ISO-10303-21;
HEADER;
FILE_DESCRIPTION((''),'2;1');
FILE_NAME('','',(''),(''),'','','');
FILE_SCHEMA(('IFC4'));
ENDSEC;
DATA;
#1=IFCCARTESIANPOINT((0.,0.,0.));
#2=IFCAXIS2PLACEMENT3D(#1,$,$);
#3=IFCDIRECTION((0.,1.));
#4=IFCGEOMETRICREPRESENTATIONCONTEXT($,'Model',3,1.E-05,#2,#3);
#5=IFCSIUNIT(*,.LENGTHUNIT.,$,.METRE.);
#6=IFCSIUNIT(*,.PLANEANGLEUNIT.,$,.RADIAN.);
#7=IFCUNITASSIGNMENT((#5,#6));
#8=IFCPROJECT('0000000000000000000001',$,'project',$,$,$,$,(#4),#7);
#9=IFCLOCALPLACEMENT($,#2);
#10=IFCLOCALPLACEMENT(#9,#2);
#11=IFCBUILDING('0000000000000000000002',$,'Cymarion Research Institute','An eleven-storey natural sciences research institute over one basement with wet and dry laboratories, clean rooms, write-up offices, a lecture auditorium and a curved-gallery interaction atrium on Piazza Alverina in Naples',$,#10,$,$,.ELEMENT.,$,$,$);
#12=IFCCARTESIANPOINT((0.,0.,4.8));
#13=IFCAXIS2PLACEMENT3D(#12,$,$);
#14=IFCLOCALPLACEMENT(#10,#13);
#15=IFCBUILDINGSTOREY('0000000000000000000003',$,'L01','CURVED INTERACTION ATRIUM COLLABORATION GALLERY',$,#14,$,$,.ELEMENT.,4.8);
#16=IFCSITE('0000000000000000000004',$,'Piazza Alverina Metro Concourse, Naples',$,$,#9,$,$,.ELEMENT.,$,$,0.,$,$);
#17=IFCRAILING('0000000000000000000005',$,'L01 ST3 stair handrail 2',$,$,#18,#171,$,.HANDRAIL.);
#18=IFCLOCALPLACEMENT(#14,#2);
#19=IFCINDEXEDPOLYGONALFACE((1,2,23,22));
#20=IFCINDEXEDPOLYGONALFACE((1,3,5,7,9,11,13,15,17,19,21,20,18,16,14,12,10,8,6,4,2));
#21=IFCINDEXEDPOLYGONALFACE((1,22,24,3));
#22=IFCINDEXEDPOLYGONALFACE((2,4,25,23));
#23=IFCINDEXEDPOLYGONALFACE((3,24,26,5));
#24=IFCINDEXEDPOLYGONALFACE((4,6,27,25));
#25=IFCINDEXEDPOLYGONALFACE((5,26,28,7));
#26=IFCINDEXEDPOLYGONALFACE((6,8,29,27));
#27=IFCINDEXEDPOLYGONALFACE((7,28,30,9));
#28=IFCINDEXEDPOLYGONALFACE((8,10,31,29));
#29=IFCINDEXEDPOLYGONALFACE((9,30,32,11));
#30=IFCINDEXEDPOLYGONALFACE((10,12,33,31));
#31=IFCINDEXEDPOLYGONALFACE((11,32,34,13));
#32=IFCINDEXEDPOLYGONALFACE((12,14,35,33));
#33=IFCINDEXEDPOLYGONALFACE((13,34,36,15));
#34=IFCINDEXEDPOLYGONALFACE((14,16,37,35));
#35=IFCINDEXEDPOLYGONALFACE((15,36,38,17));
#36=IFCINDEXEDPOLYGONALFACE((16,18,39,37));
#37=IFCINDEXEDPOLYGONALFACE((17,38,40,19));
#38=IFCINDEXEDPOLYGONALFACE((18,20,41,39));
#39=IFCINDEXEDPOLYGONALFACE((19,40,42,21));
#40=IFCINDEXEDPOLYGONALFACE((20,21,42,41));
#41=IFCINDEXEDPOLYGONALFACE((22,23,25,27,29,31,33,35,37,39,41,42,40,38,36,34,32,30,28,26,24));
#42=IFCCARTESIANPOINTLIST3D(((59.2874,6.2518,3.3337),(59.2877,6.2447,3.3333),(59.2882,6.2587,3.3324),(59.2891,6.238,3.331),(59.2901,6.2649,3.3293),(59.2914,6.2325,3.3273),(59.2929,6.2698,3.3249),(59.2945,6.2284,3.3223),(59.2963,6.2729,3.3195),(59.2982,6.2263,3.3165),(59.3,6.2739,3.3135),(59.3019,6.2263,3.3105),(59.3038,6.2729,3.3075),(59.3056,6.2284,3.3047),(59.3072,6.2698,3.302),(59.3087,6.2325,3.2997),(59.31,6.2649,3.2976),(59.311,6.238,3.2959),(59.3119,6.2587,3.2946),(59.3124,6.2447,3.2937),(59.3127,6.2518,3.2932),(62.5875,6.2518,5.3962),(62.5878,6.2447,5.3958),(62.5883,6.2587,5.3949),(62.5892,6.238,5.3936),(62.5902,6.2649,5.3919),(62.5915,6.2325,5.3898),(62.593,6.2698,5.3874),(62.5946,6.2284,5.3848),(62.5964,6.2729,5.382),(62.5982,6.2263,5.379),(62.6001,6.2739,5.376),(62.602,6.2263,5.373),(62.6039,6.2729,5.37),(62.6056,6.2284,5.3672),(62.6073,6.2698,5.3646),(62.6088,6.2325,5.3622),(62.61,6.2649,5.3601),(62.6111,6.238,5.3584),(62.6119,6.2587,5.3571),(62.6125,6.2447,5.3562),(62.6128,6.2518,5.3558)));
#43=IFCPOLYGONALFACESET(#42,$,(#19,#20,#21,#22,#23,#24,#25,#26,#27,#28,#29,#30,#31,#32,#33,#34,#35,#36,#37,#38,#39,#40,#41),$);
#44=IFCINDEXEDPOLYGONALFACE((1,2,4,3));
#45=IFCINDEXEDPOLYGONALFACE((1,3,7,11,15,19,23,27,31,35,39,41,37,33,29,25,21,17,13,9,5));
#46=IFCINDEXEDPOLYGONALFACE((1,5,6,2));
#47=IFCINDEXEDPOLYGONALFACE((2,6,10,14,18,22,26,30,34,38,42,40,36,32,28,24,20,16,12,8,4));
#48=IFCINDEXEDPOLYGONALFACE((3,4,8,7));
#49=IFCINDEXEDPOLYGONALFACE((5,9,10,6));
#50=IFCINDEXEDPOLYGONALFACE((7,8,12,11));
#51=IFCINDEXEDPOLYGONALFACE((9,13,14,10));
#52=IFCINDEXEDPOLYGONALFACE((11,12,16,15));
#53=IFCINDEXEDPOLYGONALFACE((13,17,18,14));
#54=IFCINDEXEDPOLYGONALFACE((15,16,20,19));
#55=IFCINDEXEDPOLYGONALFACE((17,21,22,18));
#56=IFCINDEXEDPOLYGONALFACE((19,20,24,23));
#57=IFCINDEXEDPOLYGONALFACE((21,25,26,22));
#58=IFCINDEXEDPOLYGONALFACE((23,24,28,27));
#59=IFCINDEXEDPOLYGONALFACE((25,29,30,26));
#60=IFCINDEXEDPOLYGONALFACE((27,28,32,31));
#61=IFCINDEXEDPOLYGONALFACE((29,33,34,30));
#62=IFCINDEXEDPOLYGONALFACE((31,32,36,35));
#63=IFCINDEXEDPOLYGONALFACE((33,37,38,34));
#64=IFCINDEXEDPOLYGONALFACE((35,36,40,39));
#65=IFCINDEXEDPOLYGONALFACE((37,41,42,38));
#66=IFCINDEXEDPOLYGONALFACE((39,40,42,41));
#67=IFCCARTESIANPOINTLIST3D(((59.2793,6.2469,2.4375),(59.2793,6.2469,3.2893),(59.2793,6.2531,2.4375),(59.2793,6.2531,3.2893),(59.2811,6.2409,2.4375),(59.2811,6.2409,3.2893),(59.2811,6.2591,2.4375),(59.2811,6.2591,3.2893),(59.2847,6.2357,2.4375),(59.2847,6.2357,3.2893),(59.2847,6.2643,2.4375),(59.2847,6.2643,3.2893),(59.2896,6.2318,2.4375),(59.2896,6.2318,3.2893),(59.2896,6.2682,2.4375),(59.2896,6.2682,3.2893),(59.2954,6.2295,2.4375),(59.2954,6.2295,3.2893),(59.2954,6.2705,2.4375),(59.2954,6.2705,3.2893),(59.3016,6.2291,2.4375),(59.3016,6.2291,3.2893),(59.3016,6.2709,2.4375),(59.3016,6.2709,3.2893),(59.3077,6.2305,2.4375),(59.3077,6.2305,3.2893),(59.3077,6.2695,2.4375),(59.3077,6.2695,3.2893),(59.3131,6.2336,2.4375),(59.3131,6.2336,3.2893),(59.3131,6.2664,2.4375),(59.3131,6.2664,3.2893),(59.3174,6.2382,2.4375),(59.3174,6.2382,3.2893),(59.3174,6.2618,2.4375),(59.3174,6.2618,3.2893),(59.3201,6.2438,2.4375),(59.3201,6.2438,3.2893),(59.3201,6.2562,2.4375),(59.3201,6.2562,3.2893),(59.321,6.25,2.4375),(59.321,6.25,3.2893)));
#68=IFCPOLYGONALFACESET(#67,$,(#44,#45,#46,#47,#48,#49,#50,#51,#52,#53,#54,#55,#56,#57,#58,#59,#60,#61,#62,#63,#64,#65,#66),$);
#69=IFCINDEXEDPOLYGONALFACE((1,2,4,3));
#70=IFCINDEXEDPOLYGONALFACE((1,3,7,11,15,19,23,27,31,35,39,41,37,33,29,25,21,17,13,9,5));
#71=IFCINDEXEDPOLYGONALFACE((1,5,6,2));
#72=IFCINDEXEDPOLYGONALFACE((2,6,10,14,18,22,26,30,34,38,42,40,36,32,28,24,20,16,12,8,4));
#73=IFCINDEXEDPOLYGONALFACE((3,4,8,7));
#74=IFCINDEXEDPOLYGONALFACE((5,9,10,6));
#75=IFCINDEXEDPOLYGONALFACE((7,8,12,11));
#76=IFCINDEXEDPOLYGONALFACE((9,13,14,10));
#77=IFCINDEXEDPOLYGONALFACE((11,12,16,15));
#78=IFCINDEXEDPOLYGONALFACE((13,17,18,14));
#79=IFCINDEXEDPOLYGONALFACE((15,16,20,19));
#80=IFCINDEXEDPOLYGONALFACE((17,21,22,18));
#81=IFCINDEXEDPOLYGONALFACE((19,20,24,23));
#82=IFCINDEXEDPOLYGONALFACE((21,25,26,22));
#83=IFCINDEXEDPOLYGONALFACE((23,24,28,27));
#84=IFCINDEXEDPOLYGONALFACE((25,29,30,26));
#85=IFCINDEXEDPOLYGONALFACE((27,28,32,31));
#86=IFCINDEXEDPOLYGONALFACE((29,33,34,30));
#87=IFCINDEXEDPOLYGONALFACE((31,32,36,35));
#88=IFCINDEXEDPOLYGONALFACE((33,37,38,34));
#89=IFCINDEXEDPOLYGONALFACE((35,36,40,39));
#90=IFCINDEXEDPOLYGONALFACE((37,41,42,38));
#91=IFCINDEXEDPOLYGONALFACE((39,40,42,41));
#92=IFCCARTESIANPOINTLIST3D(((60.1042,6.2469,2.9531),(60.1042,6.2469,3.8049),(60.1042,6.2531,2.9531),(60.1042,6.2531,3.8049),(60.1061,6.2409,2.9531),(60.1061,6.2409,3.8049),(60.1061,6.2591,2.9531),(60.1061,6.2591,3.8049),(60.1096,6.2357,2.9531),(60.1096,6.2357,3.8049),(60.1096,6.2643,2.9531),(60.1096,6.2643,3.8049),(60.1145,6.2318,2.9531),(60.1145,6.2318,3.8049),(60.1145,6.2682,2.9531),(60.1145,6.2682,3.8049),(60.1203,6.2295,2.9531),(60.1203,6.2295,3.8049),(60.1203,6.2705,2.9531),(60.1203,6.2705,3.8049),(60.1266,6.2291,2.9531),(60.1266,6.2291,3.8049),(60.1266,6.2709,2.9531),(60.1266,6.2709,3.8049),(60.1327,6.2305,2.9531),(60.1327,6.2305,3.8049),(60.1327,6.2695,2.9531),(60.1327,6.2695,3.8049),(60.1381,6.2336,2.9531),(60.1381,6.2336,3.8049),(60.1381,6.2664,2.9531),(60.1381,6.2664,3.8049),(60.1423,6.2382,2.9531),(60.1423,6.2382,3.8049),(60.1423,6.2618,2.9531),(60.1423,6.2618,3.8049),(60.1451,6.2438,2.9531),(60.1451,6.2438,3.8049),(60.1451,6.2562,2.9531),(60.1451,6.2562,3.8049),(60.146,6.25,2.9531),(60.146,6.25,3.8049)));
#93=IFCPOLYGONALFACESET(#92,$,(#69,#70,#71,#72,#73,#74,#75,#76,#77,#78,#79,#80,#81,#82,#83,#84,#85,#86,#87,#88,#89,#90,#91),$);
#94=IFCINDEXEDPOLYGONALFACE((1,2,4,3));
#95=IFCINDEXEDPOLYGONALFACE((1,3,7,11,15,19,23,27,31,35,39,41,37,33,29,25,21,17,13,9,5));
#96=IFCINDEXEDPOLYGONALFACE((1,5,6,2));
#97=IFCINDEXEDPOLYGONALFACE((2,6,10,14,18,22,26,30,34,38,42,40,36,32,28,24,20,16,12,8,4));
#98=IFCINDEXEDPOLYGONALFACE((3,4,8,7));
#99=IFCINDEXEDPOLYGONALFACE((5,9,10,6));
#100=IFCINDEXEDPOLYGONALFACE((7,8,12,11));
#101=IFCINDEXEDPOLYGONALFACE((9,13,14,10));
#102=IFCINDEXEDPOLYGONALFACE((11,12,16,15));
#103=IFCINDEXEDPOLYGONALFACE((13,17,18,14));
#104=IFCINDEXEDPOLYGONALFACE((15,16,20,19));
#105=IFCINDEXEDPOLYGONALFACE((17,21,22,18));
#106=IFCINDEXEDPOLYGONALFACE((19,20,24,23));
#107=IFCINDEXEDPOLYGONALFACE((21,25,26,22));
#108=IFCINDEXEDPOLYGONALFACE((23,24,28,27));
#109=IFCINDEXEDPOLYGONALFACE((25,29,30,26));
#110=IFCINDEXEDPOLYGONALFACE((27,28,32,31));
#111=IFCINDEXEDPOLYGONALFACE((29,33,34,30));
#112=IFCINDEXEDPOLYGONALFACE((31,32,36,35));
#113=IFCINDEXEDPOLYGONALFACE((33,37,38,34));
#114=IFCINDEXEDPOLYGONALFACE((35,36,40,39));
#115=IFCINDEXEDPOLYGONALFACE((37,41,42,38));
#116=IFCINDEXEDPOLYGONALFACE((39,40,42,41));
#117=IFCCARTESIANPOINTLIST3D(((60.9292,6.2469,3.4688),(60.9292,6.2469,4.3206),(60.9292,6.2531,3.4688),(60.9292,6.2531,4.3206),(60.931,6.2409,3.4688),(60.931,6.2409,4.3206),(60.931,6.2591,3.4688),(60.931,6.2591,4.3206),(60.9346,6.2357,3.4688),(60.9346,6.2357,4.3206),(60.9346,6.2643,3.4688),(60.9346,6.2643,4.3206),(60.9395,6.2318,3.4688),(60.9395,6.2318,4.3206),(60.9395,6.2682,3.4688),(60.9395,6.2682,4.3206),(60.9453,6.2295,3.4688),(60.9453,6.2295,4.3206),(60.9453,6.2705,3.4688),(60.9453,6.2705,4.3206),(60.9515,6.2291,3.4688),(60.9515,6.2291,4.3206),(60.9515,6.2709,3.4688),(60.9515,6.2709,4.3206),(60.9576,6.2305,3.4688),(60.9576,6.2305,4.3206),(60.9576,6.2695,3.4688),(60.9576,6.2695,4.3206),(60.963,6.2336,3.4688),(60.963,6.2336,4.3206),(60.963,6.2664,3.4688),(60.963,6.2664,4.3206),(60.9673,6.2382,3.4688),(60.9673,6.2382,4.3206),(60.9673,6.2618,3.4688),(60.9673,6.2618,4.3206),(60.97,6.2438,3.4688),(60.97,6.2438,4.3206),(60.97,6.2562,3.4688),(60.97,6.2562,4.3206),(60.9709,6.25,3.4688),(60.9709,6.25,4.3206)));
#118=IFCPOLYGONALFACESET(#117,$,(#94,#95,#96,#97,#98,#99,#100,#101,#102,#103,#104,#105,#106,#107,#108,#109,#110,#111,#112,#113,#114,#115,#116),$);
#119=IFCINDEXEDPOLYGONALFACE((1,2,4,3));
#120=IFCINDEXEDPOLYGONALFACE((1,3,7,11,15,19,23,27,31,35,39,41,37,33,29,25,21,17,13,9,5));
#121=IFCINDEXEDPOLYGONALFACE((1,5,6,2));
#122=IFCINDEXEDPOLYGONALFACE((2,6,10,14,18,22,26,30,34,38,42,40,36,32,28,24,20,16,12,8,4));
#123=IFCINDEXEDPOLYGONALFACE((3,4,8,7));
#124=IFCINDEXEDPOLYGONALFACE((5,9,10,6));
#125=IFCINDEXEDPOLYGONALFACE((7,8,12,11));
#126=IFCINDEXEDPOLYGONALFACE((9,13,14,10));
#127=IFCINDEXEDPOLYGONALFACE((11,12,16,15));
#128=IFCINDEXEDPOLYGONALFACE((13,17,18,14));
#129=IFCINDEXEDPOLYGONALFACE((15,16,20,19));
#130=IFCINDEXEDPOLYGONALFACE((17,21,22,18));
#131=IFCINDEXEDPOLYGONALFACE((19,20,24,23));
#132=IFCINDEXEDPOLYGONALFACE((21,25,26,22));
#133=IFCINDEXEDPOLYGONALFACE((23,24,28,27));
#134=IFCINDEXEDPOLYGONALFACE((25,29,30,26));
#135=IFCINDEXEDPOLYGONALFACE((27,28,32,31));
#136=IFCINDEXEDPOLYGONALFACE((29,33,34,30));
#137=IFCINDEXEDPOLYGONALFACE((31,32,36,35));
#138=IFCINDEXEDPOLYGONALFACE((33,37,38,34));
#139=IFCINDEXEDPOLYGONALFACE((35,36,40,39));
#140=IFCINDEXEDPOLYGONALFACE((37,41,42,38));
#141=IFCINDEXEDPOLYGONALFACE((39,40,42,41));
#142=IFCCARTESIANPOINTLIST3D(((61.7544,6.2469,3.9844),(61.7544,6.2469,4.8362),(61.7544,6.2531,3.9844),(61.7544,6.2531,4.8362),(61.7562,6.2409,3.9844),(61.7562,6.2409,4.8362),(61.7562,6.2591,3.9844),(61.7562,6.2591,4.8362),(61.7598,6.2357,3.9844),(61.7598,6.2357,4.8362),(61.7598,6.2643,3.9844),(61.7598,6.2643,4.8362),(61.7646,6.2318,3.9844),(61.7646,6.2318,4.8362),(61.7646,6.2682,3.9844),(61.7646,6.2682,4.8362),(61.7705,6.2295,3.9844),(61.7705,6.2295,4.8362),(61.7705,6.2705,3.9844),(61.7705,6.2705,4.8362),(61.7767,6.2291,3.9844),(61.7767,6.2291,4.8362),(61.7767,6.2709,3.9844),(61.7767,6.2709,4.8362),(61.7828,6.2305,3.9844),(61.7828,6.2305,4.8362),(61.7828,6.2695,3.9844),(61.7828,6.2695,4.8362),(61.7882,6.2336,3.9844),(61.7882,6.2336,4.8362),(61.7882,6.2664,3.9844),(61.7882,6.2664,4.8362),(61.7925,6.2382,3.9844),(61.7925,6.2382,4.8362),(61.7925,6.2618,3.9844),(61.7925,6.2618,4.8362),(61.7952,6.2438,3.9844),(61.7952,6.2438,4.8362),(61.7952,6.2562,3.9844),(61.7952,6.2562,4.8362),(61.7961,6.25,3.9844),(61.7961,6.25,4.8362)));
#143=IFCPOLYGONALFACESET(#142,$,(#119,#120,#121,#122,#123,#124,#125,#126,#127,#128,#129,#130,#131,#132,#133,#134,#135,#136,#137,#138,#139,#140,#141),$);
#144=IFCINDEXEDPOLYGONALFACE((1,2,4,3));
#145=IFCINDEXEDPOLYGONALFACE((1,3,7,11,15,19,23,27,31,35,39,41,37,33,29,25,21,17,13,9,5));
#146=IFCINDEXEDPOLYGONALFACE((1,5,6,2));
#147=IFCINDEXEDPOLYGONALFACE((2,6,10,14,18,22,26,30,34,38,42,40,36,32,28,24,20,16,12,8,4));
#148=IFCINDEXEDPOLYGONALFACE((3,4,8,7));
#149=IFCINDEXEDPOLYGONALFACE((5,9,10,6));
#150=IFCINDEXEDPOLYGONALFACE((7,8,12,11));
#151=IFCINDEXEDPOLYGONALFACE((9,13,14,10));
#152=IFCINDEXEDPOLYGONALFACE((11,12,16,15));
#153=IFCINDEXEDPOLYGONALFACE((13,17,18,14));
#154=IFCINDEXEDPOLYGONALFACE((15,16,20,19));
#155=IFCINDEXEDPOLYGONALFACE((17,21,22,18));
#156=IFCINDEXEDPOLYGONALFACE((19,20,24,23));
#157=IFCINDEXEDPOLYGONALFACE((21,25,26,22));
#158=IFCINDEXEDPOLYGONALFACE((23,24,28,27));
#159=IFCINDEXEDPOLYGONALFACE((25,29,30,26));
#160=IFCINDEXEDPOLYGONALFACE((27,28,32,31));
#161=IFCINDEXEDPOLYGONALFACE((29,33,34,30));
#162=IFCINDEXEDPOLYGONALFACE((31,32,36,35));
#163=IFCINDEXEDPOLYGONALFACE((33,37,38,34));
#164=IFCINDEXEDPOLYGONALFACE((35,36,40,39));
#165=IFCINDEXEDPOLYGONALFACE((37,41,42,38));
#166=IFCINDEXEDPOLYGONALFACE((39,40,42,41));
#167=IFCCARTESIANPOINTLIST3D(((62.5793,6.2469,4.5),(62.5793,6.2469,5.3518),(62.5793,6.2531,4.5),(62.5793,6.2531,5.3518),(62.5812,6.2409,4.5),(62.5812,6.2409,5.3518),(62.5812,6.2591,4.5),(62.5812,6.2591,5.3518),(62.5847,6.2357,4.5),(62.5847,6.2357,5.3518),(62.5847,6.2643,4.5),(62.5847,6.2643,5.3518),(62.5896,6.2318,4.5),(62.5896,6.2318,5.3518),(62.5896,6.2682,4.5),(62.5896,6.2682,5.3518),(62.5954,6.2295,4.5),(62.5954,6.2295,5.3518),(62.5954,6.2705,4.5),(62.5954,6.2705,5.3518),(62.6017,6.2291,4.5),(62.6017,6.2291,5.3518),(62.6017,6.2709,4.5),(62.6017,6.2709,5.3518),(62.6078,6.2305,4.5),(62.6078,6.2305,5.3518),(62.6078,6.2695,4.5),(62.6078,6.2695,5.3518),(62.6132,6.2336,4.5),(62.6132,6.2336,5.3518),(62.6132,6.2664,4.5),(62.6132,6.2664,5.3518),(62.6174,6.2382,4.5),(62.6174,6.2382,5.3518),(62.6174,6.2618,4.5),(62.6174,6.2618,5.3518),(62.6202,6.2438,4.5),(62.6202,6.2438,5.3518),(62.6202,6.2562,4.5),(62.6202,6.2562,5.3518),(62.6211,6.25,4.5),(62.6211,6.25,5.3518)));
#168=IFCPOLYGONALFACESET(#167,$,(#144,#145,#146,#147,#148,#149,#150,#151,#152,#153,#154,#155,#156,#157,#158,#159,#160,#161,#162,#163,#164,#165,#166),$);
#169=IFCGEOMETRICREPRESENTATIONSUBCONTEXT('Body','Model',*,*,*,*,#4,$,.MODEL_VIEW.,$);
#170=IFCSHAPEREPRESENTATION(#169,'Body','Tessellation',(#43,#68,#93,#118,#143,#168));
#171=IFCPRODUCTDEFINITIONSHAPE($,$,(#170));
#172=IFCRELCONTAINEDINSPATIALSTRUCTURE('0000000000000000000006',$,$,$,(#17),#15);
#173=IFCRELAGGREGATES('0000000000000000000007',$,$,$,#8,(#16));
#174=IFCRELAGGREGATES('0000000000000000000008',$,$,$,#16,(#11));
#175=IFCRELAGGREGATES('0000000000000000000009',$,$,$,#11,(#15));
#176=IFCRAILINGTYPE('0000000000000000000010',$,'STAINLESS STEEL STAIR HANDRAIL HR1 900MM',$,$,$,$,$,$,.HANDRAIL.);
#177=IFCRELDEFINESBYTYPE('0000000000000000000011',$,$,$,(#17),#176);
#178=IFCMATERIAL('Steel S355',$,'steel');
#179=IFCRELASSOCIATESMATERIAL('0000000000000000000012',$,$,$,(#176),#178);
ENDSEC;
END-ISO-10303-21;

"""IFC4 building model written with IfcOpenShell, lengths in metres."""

from ifc_helpers import new_model, si_unit, direction, frame, origin, origin_2d, place, context, subcontext, project, spatial, circle, extrude, material, type_object, element, save


model = new_model("IFC4")

# Units and contexts
model_context = context("Model", 3, precision=1e-05, world=origin(), true_north=direction((0.0, 1.0)))
body_context = subcontext(model_context, "Body", "Model", "MODEL_VIEW")
ifc_project = project(units=[si_unit("LENGTHUNIT", "METRE"), si_unit("PLANEANGLEUNIT", "RADIAN")], contexts=[model_context])

# Site, building, storey
site_placement = place(None, origin())
site = spatial("IfcSite", under=ifc_project, at=site_placement, Name="Piazza Alverina Metro Concourse, Naples", CompositionType="ELEMENT", RefElevation=0.0)
building_placement = place(site_placement, origin())
building = spatial("IfcBuilding", under=site, at=building_placement, Name="Cymarion Research Institute", Description="An eleven-storey natural sciences research institute over one basement with wet and dry laboratories, clean rooms, write-up offices, a lecture auditorium and a curved-gallery interaction atrium on Piazza Alverina in Naples", CompositionType="ELEMENT")
storey_placement = place(building_placement, frame((0.0, 0.0, 4.8)))
storey = spatial("IfcBuildingStorey", under=building, at=storey_placement, Name="L01", Description="CURVED INTERACTION ATRIUM COLLABORATION GALLERY", CompositionType="ELEMENT", Elevation=4.8)

# Shared definitions
ifc_material_1 = material(Name="Steel S355", Category="steel")

# Railing
railing_type_1 = type_object("IfcRailingType", Name="STAINLESS STEEL STAIR HANDRAIL HR1 900MM", PredefinedType="HANDRAIL", material=ifc_material_1)
railing_1_placement = place(storey_placement, frame((59.3, 6.25, 2.4375)))
element("IfcRailing", 1, at=railing_1_placement, inside=storey, type_object=railing_type_1, Name="L01 ST3 stair handrail 2", PredefinedType="HANDRAIL", context=body_context, shape_type="SweptSolid", body=[
    extrude(circle(Radius=0.0239, at=origin_2d()), frame((0.0, 0.0, 0.876), z_axis=(0.848002, 0.0, 0.529993), x_axis=(0.0, 1.0, 0.0)), (0.0, 0.0, 1.0), 3.8916),
    extrude(circle(Radius=0.021, at=origin_2d()), origin(), (0.0, 0.0, 1.0), 0.8518),
    extrude(circle(Radius=0.021, at=origin_2d()), frame((0.825, 0.0, 0.5156)), (0.0, 0.0, 1.0), 0.8518),
    extrude(circle(Radius=0.021, at=origin_2d()), frame((1.6499, 0.0, 1.0312)), (0.0, 0.0, 1.0), 0.8518),
    extrude(circle(Radius=0.021, at=origin_2d()), frame((2.4751, 0.0, 1.5469)), (0.0, 0.0, 1.0), 0.8518),
    extrude(circle(Radius=0.021, at=origin_2d()), frame((3.3, 0.0, 2.0625)), (0.0, 0.0, 1.0), 0.8518),
])

save(model, "model.ifc")
